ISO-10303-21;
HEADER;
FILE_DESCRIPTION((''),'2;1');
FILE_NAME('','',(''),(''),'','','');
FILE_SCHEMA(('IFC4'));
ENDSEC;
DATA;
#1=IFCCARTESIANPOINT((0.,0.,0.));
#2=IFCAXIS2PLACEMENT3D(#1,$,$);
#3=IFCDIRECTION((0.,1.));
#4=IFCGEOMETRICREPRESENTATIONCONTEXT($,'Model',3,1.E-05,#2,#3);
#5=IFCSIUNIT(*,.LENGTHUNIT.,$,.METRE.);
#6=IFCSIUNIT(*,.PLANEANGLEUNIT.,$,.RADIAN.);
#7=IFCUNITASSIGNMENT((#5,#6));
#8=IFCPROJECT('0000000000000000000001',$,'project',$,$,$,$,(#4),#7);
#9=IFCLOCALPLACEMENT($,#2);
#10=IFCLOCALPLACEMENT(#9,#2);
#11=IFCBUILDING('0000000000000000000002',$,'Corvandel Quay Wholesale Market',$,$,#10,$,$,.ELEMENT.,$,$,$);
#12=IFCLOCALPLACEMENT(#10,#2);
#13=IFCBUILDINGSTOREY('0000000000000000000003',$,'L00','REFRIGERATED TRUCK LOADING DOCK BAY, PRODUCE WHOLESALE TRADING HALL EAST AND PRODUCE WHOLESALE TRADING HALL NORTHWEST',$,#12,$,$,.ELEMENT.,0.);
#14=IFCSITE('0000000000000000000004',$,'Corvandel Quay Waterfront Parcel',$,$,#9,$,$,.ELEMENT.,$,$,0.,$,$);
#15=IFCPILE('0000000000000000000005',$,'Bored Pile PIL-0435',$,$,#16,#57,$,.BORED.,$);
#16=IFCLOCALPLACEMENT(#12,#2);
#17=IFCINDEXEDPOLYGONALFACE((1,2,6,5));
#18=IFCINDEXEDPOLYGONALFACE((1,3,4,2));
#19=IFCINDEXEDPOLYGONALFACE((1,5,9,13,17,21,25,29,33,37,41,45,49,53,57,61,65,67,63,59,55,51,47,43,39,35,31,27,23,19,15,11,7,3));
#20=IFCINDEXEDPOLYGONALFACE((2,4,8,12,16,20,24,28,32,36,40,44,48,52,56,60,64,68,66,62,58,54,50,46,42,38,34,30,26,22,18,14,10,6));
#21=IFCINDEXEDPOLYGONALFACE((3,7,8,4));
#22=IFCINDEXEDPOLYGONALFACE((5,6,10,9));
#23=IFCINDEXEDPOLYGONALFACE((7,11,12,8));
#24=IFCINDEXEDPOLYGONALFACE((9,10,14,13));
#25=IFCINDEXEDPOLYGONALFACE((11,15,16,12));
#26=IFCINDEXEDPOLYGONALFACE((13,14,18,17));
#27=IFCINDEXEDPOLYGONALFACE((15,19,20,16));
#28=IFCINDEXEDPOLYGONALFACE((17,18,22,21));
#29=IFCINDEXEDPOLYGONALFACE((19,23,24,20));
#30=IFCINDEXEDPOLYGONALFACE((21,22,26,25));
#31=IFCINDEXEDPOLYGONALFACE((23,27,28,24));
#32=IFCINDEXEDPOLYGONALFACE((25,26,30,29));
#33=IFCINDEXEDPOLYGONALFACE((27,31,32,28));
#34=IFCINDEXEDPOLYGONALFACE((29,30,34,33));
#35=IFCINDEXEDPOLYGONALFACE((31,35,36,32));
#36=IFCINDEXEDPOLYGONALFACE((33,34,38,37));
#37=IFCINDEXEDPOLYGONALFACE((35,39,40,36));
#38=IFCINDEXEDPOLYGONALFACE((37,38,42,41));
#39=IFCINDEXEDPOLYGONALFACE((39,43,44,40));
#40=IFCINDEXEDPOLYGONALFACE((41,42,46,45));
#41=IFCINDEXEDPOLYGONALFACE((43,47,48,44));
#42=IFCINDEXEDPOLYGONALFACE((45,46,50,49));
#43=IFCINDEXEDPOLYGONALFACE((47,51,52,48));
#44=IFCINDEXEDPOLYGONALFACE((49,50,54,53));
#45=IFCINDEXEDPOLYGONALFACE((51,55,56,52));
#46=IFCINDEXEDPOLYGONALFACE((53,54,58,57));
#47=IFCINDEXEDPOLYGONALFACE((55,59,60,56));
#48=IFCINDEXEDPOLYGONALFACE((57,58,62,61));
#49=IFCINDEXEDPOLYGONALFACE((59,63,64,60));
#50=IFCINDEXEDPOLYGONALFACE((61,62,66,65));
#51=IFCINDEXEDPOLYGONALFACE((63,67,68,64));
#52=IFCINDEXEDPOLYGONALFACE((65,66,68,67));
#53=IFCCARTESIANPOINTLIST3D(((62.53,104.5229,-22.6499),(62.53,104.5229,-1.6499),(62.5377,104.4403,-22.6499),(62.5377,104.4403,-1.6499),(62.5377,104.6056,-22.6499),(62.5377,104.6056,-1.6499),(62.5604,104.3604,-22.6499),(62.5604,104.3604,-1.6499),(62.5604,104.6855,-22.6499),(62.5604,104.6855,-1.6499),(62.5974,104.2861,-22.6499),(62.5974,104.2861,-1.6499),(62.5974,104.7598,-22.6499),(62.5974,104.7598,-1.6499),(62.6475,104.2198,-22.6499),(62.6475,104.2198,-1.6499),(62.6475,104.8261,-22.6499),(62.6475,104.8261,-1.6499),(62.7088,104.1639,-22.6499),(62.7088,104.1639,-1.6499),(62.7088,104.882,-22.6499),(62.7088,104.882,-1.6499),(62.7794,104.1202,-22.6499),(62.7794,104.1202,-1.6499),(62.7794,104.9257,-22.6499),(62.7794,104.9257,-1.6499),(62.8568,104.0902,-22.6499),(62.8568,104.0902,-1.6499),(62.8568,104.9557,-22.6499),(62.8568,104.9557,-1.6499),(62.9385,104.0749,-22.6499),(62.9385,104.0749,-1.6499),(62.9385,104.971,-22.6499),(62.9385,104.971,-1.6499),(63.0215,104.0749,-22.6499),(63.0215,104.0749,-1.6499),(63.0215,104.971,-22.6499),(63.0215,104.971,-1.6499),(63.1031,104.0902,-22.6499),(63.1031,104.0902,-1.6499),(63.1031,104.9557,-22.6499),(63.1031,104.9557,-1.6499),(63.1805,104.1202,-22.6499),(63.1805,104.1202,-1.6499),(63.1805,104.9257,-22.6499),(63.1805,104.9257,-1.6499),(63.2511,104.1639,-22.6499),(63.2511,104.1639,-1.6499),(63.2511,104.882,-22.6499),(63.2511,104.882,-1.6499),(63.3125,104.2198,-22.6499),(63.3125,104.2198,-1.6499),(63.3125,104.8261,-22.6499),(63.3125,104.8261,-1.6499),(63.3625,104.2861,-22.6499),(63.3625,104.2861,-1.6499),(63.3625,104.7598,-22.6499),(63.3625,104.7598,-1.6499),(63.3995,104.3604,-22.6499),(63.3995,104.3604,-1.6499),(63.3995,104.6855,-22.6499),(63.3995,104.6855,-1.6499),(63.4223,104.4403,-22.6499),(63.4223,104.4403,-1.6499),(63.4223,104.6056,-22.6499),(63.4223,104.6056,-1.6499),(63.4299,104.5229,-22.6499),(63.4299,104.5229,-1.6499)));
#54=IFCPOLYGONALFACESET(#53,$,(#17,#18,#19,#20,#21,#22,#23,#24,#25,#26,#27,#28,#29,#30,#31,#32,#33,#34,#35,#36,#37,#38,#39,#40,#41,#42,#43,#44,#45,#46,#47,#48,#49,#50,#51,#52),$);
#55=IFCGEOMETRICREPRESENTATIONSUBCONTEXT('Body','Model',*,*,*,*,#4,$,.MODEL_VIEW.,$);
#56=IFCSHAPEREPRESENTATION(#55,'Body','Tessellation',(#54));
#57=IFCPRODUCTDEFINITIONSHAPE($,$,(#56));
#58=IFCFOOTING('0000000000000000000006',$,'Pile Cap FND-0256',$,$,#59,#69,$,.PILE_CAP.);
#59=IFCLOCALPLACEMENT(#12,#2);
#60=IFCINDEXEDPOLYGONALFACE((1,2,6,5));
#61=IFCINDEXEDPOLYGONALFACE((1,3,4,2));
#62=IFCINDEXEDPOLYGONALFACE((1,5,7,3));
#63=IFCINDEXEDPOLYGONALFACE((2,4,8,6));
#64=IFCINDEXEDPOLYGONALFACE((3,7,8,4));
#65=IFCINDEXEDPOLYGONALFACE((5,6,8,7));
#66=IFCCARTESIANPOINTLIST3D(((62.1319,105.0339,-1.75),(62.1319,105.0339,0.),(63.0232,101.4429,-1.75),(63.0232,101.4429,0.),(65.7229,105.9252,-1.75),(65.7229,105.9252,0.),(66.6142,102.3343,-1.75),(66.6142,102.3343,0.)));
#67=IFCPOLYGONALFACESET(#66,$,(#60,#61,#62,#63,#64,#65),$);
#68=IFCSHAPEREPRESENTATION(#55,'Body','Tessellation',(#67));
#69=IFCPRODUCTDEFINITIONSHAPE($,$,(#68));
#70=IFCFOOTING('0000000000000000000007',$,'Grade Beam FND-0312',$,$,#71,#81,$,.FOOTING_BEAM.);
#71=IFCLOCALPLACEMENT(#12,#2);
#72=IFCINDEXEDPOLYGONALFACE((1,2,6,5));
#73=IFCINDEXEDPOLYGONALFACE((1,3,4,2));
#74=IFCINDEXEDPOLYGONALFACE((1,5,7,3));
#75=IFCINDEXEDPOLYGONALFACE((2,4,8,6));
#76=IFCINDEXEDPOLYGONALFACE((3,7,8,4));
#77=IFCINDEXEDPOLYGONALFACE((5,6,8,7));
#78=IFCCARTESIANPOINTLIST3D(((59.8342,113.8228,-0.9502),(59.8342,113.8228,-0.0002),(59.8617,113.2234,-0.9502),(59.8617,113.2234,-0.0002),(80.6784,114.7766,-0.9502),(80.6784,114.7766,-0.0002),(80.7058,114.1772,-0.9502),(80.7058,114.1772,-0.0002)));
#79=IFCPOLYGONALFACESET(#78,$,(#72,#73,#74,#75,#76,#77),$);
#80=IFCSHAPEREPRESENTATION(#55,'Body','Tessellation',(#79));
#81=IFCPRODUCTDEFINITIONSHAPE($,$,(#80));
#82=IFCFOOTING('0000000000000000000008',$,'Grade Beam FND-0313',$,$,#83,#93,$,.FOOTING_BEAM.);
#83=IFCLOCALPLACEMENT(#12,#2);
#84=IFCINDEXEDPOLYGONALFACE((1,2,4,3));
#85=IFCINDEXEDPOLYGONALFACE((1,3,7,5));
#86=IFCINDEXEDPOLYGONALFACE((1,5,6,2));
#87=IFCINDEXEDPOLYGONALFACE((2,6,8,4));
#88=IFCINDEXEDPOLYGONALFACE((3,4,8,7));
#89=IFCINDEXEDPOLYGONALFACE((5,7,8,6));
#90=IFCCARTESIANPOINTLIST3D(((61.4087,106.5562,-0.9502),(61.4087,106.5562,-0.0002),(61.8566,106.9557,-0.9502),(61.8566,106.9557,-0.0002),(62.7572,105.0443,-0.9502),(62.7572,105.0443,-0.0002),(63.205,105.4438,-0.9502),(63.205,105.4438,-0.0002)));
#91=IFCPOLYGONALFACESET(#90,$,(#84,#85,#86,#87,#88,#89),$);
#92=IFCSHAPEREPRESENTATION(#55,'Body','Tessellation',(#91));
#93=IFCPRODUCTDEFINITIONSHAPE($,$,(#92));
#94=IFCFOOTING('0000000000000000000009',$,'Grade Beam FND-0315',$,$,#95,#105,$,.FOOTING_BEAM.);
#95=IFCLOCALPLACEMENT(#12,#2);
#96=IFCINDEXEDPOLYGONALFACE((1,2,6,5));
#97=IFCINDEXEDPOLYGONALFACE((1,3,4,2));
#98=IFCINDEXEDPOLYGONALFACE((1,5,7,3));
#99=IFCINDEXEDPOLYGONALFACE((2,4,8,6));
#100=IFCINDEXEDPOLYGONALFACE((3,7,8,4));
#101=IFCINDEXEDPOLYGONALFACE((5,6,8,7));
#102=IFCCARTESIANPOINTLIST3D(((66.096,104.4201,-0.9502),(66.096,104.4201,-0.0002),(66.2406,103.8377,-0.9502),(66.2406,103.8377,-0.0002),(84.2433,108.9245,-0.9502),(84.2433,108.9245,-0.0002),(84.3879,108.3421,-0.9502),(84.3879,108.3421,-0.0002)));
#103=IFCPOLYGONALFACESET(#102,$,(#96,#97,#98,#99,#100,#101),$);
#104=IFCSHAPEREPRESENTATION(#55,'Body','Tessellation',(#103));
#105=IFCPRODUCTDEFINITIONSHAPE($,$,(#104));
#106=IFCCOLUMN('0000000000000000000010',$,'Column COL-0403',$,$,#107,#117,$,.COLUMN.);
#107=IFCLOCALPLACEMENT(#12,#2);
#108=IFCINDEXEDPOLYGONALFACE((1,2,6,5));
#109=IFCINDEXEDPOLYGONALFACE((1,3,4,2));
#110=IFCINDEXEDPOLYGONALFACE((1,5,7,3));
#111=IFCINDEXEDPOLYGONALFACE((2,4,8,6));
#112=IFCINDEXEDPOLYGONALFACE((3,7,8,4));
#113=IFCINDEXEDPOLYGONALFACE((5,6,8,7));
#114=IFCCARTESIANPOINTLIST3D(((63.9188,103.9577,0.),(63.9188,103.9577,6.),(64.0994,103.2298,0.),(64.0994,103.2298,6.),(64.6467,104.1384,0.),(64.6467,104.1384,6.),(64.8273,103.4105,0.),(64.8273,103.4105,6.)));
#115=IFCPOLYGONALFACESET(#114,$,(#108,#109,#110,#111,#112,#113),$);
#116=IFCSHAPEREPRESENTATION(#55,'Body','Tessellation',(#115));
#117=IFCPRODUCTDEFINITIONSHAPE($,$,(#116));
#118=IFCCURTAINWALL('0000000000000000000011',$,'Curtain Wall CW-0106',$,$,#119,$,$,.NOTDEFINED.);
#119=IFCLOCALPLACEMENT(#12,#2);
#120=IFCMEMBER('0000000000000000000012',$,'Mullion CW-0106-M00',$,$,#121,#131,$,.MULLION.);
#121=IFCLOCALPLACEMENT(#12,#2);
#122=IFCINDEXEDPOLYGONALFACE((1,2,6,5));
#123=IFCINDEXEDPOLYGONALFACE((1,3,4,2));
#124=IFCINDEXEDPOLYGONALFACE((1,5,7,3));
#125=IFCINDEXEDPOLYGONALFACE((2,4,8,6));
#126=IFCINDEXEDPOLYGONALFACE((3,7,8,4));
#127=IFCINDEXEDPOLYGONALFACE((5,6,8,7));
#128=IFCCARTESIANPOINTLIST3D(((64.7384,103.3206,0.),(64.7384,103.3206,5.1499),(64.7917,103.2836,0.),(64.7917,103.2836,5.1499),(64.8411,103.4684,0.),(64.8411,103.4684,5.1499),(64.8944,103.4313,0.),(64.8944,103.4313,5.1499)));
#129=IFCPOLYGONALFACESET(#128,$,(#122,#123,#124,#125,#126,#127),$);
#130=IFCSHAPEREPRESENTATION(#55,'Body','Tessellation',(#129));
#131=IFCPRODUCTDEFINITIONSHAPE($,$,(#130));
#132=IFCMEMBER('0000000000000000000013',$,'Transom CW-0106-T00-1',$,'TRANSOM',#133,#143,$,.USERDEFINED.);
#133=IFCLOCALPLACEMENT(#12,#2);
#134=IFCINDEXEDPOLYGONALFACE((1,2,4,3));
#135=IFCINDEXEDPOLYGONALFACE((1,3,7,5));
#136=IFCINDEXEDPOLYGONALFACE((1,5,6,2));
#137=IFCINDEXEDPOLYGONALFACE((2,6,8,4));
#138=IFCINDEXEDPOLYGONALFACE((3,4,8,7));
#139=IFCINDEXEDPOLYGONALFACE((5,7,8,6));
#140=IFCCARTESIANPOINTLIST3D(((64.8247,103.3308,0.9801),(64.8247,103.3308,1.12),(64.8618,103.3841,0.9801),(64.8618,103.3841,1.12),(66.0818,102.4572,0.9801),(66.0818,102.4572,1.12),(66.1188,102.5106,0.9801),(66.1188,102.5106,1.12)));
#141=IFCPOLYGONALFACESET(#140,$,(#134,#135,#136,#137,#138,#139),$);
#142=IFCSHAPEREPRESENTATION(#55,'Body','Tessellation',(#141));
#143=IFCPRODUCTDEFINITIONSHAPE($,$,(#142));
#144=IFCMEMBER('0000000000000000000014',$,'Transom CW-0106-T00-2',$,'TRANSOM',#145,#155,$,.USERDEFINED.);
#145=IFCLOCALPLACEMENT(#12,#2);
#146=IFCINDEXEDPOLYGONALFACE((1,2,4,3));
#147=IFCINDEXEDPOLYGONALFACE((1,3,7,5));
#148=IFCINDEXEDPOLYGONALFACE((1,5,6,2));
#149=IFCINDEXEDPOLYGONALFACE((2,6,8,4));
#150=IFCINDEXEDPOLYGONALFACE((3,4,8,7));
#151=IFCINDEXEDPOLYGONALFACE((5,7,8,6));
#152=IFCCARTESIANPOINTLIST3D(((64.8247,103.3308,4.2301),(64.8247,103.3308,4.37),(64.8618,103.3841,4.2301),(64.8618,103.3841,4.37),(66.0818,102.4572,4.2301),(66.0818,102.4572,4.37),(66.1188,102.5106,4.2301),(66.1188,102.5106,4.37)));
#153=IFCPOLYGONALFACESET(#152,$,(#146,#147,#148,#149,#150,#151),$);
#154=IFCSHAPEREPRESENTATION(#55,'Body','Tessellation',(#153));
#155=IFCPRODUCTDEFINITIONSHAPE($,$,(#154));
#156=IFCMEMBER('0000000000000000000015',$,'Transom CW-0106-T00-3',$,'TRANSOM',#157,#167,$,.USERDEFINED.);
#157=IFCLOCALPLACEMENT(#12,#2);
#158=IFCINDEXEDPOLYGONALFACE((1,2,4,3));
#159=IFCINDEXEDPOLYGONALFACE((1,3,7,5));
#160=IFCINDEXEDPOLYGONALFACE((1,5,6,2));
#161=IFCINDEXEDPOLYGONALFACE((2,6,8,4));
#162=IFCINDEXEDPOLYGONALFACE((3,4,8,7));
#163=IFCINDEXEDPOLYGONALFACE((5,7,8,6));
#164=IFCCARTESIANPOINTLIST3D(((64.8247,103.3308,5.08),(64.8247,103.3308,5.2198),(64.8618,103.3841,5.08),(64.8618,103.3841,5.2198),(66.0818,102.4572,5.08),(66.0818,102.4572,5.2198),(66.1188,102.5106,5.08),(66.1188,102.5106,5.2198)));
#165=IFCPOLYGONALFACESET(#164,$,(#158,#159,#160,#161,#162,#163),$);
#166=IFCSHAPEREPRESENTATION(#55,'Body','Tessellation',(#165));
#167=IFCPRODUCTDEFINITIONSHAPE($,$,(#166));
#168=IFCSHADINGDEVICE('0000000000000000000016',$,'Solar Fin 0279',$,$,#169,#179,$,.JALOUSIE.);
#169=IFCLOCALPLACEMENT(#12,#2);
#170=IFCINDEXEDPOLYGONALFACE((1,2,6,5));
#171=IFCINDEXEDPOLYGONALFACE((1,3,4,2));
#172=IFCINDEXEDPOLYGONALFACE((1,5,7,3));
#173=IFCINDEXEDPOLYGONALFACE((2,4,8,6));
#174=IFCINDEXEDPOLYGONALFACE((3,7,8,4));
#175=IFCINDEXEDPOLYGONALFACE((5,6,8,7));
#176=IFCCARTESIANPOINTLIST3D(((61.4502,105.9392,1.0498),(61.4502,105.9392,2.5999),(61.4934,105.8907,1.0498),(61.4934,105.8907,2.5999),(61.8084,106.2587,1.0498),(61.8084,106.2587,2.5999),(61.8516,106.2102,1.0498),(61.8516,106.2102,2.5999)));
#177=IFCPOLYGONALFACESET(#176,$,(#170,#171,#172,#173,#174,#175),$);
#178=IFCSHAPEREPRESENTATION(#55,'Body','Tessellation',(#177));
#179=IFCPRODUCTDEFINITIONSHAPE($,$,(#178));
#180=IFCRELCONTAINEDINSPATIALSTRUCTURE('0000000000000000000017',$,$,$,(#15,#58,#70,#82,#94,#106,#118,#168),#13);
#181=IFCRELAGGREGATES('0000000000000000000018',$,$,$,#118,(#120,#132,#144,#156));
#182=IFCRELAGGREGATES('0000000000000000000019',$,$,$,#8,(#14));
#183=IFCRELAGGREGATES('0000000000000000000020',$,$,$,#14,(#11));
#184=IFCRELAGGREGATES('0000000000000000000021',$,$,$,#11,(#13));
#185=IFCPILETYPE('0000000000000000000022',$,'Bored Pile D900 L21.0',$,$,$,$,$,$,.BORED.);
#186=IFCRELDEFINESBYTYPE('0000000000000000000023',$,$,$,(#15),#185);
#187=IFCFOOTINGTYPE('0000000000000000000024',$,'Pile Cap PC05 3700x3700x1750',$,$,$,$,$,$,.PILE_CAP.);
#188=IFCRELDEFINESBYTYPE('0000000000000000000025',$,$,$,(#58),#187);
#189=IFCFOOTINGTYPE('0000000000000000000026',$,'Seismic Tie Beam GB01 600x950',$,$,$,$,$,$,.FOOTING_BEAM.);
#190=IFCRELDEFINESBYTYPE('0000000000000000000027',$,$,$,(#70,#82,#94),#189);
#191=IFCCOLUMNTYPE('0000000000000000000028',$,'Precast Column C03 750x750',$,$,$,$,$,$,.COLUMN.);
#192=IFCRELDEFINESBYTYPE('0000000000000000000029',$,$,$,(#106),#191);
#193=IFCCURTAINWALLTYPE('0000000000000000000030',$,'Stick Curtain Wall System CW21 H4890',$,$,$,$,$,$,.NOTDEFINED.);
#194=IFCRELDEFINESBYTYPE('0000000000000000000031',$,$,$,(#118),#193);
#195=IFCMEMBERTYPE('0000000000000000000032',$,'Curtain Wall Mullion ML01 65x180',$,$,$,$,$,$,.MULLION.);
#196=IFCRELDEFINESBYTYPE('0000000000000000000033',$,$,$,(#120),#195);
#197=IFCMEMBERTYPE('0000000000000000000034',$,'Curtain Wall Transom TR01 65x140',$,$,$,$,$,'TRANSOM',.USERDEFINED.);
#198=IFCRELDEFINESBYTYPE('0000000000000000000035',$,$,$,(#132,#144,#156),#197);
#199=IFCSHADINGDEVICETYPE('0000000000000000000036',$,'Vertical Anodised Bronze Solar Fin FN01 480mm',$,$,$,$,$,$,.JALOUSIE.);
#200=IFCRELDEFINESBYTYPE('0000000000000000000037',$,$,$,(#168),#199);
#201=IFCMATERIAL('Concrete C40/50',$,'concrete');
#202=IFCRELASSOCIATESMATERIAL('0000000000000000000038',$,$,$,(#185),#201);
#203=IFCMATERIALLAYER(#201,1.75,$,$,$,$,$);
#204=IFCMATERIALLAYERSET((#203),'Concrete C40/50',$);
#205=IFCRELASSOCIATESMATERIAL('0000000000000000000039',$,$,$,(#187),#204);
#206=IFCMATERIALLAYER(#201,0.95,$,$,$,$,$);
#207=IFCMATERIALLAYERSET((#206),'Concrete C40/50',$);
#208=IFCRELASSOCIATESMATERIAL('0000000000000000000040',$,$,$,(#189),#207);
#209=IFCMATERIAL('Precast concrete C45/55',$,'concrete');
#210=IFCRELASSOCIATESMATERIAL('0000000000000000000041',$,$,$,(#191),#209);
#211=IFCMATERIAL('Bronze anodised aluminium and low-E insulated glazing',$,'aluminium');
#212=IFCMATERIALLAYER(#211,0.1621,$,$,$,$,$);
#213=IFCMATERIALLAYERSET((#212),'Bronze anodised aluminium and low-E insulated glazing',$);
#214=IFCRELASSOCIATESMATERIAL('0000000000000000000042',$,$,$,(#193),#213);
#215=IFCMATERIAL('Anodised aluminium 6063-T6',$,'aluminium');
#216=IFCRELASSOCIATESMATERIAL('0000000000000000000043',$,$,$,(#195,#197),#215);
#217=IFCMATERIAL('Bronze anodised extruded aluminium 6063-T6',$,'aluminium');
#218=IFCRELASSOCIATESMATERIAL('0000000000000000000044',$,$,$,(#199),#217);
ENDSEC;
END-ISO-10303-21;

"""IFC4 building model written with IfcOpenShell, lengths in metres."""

from ifc_helpers import new_model, si_unit, direction, frame, origin, origin_2d, place, context, subcontext, project, spatial, rectangle, circle, extrude, material, layer, layer_set, material_profile, profile_set, type_object, element, aggregate, save


model = new_model("IFC4")

# Units and contexts
model_context = context("Model", 3, precision=1e-05, world=origin(), true_north=direction((0.0, 1.0)))
body_context = subcontext(model_context, "Body", "Model", "MODEL_VIEW")
ifc_project = project(units=[si_unit("LENGTHUNIT", "METRE"), si_unit("PLANEANGLEUNIT", "RADIAN")], contexts=[model_context])

# Site, building, storey
site_placement = place(None, origin())
site = spatial("IfcSite", under=ifc_project, at=site_placement, Name="Corvandel Quay Waterfront Parcel", CompositionType="ELEMENT", RefElevation=0.0)
building_placement = place(site_placement, origin())
building = spatial("IfcBuilding", under=site, at=building_placement, Name="Corvandel Quay Wholesale Market", CompositionType="ELEMENT")
storey_placement = place(building_placement, origin())
storey = spatial("IfcBuildingStorey", under=building, at=storey_placement, Name="L00", Description="REFRIGERATED TRUCK LOADING DOCK BAY, PRODUCE WHOLESALE TRADING HALL EAST AND PRODUCE WHOLESALE TRADING HALL NORTHWEST", CompositionType="ELEMENT", Elevation=0.0)

# Pile
ifc_material_1 = material(Name="Concrete C40/50", Category="concrete")
ifc_material_profile_1 = material_profile(ifc_material_1, circle(Radius=0.45, at=origin_2d()), Name="RC-PILE-D900")
ifc_profile_set_1 = profile_set([ifc_material_profile_1], Name="Concrete C40/50")
pile_type = type_object("IfcPileType", Name="Bored Pile D900 L21.0", PredefinedType="BORED", material=ifc_profile_set_1)
for number, where, z_axis, x_axis, name in (
    (1, (62.98, 104.5229, -1.6499), (0.0, 0.0, -1.0), (1.0, 0.0, 0.0), "Bored Pile PIL-0435"),
):
    element("IfcPile", number, at=place(storey_placement, frame(where, z_axis=z_axis, x_axis=x_axis)), inside=storey, type_object=pile_type, Name=name, PredefinedType="BORED", context=body_context, shape_type="SweptSolid", body=[
        extrude(circle(Radius=0.45, at=origin_2d()), origin(), (0.0, 0.0, 1.0), 21.0),
    ])

# Footings
ifc_layer_1 = layer(ifc_material_1, 1.75)
ifc_layer_set_1 = layer_set([ifc_layer_1], Name="Concrete C40/50")
footing_type_1 = type_object("IfcFootingType", Name="Pile Cap PC05 3700x3700x1750", PredefinedType="PILE_CAP", material=ifc_layer_set_1)
footing_1_placement = place(storey_placement, frame((64.373, 103.6841, -1.75), z_axis=(0.0, 0.0, 1.0), x_axis=(-0.240906, 0.970549, 0.0)))
element("IfcFooting", 2, at=footing_1_placement, inside=storey, type_object=footing_type_1, Name="Pile Cap FND-0256", PredefinedType="PILE_CAP", context=body_context, shape_type="SweptSolid", body=[
    extrude(rectangle(XDim=3.7, YDim=3.7, at=origin_2d()), origin(), (0.0, 0.0, 1.0), 1.75),
])
ifc_layer_2 = layer(ifc_material_1, 0.95)
ifc_layer_set_2 = layer_set([ifc_layer_2], Name="Concrete C40/50")
footing_type_2 = type_object("IfcFootingType", Name="Seismic Tie Beam GB01 600x950", PredefinedType="FOOTING_BEAM", material=ifc_layer_set_2)
footing_2_placement = place(storey_placement, frame((70.27, 114.0, -0.9502), z_axis=(0.0, 0.0, 1.0), x_axis=(0.998955, 0.045712, 0.0)))
element("IfcFooting", 3, at=footing_2_placement, inside=storey, type_object=footing_type_2, Name="Grade Beam FND-0312", PredefinedType="FOOTING_BEAM", context=body_context, shape_type="SweptSolid", body=[
    extrude(rectangle(XDim=20.866, YDim=0.6001, at=origin_2d()), origin(), (0.0, 0.0, 1.0), 0.95),
])
footing_3_placement = place(storey_placement, frame((62.3069, 106.0, -0.9502), z_axis=(0.0, 0.0, 1.0), x_axis=(-0.665621, 0.74629, 0.0)))
element("IfcFooting", 4, at=footing_3_placement, inside=storey, type_object=footing_type_2, Name="Grade Beam FND-0313", PredefinedType="FOOTING_BEAM", context=body_context, shape_type="SweptSolid", body=[
    extrude(rectangle(XDim=2.0259, YDim=0.6001, at=origin_2d()), origin(), (0.0, 0.0, 1.0), 0.95),
])
footing_4_placement = place(storey_placement, frame((75.2419, 106.3811, -0.9502), z_axis=(0.0, 0.0, 1.0), x_axis=(0.970549, 0.240906, 0.0)))
element("IfcFooting", 5, at=footing_4_placement, inside=storey, type_object=footing_type_2, Name="Grade Beam FND-0315", PredefinedType="FOOTING_BEAM", context=body_context, shape_type="SweptSolid", body=[
    extrude(rectangle(XDim=18.698, YDim=0.6001, at=origin_2d()), origin(), (0.0, 0.0, 1.0), 0.95),
])

# Column
ifc_material_2 = material(Name="Precast concrete C45/55", Category="concrete")
ifc_material_profile_2 = material_profile(ifc_material_2, rectangle(XDim=0.75, YDim=0.75, at=origin_2d()), Name="PC-COL-750x750")
ifc_profile_set_2 = profile_set([ifc_material_profile_2], Name="Precast concrete C45/55")
column_type = type_object("IfcColumnType", Name="Precast Column C03 750x750", PredefinedType="COLUMN", material=ifc_profile_set_2)
column_placement = place(storey_placement, frame((64.373, 103.6841, 0.0), z_axis=(0.0, 0.0, 1.0), x_axis=(-0.240906, 0.970549, 0.0)))
element("IfcColumn", 6, at=column_placement, inside=storey, type_object=column_type, Name="Column COL-0403", PredefinedType="COLUMN", context=body_context, shape_type="SweptSolid", body=[
    extrude(rectangle(XDim=0.75, YDim=0.75, at=origin_2d()), origin(), (0.0, 0.0, 1.0), 6.0),
])

# Curtain wall, members
ifc_material_3 = material(Name="Bronze anodised aluminium and low-E insulated glazing", Category="aluminium")
ifc_layer_3 = layer(ifc_material_3, 0.1621)
ifc_layer_set_3 = layer_set([ifc_layer_3], Name="Bronze anodised aluminium and low-E insulated glazing")
curtain_wall_type = type_object("IfcCurtainWallType", Name="Stick Curtain Wall System CW21 H4890", PredefinedType="NOTDEFINED", material=ifc_layer_set_3)
curtain_wall_placement = place(storey_placement, origin())
curtain_wall = element("IfcCurtainWall", 7, at=curtain_wall_placement, inside=storey, type_object=curtain_wall_type, Name="Curtain Wall CW-0106", PredefinedType="NOTDEFINED")
ifc_material_4 = material(Name="Anodised aluminium 6063-T6", Category="aluminium")
ifc_material_profile_3 = material_profile(ifc_material_4, rectangle(XDim=0.0649, YDim=0.1799, at=origin_2d()), Name="ALU-MUL-65x180")
ifc_profile_set_3 = profile_set([ifc_material_profile_3], Name="Anodised aluminium 6063-T6")
member_type_1 = type_object("IfcMemberType", Name="Curtain Wall Mullion ML01 65x180", PredefinedType="MULLION", material=ifc_profile_set_3)
member_1_placement = place(storey_placement, frame((64.8164, 103.376, 0.0), z_axis=(0.0, 0.0, 1.0), x_axis=(-0.821249, 0.57057, 0.0)))
member_1 = element("IfcMember", 8, at=member_1_placement, type_object=member_type_1, Name="Mullion CW-0106-M00", PredefinedType="MULLION", context=body_context, shape_type="SweptSolid", body=[
    extrude(rectangle(XDim=0.0649, YDim=0.1799, at=origin_2d()), origin(), (0.0, 0.0, 1.0), 5.1499),
])
ifc_material_profile_4 = material_profile(ifc_material_4, rectangle(XDim=0.0649, YDim=0.1399, at=origin_2d()), Name="ALU-TRN-65x140")
ifc_profile_set_4 = profile_set([ifc_material_profile_4], Name="Anodised aluminium 6063-T6")
member_type_2 = type_object("IfcMemberType", Name="Curtain Wall Transom TR01 65x140", ElementType="TRANSOM", PredefinedType="USERDEFINED", material=ifc_profile_set_4)
member_2_placement = place(storey_placement, frame((64.8433, 103.3574, 1.05), z_axis=(0.821198, -0.570644, 0.0), x_axis=(0.570644, 0.821198, 0.0)))
member_2 = element("IfcMember", 9, at=member_2_placement, type_object=member_type_2, Name="Transom CW-0106-T00-1", ObjectType="TRANSOM", PredefinedType="USERDEFINED", context=body_context, shape_type="SweptSolid", body=[
    extrude(rectangle(XDim=0.0649, YDim=0.1399, at=origin_2d()), origin(), (0.0, 0.0, 1.0), 1.5308),
])
member_3_placement = place(storey_placement, frame((64.8433, 103.3574, 4.3), z_axis=(0.821198, -0.570644, 0.0), x_axis=(0.570644, 0.821198, 0.0)))
member_3 = element("IfcMember", 10, at=member_3_placement, type_object=member_type_2, Name="Transom CW-0106-T00-2", ObjectType="TRANSOM", PredefinedType="USERDEFINED", context=body_context, shape_type="SweptSolid", body=[
    extrude(rectangle(XDim=0.0649, YDim=0.1399, at=origin_2d()), origin(), (0.0, 0.0, 1.0), 1.5308),
])
member_4_placement = place(storey_placement, frame((64.8433, 103.3574, 5.1499), z_axis=(0.821198, -0.570644, 0.0), x_axis=(0.570644, 0.821198, 0.0)))
member_4 = element("IfcMember", 11, at=member_4_placement, type_object=member_type_2, Name="Transom CW-0106-T00-3", ObjectType="TRANSOM", PredefinedType="USERDEFINED", context=body_context, shape_type="SweptSolid", body=[
    extrude(rectangle(XDim=0.0649, YDim=0.1399, at=origin_2d()), origin(), (0.0, 0.0, 1.0), 1.5308),
])
aggregate(curtain_wall, [member_1, member_2, member_3, member_4])

# Shading device
ifc_material_5 = material(Name="Bronze anodised extruded aluminium 6063-T6", Category="aluminium")
shading_device_type = type_object("IfcShadingDeviceType", Name="Vertical Anodised Bronze Solar Fin FN01 480mm", PredefinedType="JALOUSIE", material=ifc_material_5)
for number, where, z_axis, x_axis, name in (
    (12, (61.6509, 106.0747, 1.0498), (0.0, 0.0, 1.0), (0.74629, 0.665621, 0.0), "Solar Fin 0279"),
):
    element("IfcShadingDevice", number, at=place(storey_placement, frame(where, z_axis=z_axis, x_axis=x_axis)), inside=storey, type_object=shading_device_type, Name=name, PredefinedType="JALOUSIE", context=body_context, shape_type="SweptSolid", body=[
        extrude(rectangle(XDim=0.48, YDim=0.0649, at=origin_2d()), origin(), (0.0, 0.0, 1.0), 1.55),
    ])

save(model, "model.ifc")
